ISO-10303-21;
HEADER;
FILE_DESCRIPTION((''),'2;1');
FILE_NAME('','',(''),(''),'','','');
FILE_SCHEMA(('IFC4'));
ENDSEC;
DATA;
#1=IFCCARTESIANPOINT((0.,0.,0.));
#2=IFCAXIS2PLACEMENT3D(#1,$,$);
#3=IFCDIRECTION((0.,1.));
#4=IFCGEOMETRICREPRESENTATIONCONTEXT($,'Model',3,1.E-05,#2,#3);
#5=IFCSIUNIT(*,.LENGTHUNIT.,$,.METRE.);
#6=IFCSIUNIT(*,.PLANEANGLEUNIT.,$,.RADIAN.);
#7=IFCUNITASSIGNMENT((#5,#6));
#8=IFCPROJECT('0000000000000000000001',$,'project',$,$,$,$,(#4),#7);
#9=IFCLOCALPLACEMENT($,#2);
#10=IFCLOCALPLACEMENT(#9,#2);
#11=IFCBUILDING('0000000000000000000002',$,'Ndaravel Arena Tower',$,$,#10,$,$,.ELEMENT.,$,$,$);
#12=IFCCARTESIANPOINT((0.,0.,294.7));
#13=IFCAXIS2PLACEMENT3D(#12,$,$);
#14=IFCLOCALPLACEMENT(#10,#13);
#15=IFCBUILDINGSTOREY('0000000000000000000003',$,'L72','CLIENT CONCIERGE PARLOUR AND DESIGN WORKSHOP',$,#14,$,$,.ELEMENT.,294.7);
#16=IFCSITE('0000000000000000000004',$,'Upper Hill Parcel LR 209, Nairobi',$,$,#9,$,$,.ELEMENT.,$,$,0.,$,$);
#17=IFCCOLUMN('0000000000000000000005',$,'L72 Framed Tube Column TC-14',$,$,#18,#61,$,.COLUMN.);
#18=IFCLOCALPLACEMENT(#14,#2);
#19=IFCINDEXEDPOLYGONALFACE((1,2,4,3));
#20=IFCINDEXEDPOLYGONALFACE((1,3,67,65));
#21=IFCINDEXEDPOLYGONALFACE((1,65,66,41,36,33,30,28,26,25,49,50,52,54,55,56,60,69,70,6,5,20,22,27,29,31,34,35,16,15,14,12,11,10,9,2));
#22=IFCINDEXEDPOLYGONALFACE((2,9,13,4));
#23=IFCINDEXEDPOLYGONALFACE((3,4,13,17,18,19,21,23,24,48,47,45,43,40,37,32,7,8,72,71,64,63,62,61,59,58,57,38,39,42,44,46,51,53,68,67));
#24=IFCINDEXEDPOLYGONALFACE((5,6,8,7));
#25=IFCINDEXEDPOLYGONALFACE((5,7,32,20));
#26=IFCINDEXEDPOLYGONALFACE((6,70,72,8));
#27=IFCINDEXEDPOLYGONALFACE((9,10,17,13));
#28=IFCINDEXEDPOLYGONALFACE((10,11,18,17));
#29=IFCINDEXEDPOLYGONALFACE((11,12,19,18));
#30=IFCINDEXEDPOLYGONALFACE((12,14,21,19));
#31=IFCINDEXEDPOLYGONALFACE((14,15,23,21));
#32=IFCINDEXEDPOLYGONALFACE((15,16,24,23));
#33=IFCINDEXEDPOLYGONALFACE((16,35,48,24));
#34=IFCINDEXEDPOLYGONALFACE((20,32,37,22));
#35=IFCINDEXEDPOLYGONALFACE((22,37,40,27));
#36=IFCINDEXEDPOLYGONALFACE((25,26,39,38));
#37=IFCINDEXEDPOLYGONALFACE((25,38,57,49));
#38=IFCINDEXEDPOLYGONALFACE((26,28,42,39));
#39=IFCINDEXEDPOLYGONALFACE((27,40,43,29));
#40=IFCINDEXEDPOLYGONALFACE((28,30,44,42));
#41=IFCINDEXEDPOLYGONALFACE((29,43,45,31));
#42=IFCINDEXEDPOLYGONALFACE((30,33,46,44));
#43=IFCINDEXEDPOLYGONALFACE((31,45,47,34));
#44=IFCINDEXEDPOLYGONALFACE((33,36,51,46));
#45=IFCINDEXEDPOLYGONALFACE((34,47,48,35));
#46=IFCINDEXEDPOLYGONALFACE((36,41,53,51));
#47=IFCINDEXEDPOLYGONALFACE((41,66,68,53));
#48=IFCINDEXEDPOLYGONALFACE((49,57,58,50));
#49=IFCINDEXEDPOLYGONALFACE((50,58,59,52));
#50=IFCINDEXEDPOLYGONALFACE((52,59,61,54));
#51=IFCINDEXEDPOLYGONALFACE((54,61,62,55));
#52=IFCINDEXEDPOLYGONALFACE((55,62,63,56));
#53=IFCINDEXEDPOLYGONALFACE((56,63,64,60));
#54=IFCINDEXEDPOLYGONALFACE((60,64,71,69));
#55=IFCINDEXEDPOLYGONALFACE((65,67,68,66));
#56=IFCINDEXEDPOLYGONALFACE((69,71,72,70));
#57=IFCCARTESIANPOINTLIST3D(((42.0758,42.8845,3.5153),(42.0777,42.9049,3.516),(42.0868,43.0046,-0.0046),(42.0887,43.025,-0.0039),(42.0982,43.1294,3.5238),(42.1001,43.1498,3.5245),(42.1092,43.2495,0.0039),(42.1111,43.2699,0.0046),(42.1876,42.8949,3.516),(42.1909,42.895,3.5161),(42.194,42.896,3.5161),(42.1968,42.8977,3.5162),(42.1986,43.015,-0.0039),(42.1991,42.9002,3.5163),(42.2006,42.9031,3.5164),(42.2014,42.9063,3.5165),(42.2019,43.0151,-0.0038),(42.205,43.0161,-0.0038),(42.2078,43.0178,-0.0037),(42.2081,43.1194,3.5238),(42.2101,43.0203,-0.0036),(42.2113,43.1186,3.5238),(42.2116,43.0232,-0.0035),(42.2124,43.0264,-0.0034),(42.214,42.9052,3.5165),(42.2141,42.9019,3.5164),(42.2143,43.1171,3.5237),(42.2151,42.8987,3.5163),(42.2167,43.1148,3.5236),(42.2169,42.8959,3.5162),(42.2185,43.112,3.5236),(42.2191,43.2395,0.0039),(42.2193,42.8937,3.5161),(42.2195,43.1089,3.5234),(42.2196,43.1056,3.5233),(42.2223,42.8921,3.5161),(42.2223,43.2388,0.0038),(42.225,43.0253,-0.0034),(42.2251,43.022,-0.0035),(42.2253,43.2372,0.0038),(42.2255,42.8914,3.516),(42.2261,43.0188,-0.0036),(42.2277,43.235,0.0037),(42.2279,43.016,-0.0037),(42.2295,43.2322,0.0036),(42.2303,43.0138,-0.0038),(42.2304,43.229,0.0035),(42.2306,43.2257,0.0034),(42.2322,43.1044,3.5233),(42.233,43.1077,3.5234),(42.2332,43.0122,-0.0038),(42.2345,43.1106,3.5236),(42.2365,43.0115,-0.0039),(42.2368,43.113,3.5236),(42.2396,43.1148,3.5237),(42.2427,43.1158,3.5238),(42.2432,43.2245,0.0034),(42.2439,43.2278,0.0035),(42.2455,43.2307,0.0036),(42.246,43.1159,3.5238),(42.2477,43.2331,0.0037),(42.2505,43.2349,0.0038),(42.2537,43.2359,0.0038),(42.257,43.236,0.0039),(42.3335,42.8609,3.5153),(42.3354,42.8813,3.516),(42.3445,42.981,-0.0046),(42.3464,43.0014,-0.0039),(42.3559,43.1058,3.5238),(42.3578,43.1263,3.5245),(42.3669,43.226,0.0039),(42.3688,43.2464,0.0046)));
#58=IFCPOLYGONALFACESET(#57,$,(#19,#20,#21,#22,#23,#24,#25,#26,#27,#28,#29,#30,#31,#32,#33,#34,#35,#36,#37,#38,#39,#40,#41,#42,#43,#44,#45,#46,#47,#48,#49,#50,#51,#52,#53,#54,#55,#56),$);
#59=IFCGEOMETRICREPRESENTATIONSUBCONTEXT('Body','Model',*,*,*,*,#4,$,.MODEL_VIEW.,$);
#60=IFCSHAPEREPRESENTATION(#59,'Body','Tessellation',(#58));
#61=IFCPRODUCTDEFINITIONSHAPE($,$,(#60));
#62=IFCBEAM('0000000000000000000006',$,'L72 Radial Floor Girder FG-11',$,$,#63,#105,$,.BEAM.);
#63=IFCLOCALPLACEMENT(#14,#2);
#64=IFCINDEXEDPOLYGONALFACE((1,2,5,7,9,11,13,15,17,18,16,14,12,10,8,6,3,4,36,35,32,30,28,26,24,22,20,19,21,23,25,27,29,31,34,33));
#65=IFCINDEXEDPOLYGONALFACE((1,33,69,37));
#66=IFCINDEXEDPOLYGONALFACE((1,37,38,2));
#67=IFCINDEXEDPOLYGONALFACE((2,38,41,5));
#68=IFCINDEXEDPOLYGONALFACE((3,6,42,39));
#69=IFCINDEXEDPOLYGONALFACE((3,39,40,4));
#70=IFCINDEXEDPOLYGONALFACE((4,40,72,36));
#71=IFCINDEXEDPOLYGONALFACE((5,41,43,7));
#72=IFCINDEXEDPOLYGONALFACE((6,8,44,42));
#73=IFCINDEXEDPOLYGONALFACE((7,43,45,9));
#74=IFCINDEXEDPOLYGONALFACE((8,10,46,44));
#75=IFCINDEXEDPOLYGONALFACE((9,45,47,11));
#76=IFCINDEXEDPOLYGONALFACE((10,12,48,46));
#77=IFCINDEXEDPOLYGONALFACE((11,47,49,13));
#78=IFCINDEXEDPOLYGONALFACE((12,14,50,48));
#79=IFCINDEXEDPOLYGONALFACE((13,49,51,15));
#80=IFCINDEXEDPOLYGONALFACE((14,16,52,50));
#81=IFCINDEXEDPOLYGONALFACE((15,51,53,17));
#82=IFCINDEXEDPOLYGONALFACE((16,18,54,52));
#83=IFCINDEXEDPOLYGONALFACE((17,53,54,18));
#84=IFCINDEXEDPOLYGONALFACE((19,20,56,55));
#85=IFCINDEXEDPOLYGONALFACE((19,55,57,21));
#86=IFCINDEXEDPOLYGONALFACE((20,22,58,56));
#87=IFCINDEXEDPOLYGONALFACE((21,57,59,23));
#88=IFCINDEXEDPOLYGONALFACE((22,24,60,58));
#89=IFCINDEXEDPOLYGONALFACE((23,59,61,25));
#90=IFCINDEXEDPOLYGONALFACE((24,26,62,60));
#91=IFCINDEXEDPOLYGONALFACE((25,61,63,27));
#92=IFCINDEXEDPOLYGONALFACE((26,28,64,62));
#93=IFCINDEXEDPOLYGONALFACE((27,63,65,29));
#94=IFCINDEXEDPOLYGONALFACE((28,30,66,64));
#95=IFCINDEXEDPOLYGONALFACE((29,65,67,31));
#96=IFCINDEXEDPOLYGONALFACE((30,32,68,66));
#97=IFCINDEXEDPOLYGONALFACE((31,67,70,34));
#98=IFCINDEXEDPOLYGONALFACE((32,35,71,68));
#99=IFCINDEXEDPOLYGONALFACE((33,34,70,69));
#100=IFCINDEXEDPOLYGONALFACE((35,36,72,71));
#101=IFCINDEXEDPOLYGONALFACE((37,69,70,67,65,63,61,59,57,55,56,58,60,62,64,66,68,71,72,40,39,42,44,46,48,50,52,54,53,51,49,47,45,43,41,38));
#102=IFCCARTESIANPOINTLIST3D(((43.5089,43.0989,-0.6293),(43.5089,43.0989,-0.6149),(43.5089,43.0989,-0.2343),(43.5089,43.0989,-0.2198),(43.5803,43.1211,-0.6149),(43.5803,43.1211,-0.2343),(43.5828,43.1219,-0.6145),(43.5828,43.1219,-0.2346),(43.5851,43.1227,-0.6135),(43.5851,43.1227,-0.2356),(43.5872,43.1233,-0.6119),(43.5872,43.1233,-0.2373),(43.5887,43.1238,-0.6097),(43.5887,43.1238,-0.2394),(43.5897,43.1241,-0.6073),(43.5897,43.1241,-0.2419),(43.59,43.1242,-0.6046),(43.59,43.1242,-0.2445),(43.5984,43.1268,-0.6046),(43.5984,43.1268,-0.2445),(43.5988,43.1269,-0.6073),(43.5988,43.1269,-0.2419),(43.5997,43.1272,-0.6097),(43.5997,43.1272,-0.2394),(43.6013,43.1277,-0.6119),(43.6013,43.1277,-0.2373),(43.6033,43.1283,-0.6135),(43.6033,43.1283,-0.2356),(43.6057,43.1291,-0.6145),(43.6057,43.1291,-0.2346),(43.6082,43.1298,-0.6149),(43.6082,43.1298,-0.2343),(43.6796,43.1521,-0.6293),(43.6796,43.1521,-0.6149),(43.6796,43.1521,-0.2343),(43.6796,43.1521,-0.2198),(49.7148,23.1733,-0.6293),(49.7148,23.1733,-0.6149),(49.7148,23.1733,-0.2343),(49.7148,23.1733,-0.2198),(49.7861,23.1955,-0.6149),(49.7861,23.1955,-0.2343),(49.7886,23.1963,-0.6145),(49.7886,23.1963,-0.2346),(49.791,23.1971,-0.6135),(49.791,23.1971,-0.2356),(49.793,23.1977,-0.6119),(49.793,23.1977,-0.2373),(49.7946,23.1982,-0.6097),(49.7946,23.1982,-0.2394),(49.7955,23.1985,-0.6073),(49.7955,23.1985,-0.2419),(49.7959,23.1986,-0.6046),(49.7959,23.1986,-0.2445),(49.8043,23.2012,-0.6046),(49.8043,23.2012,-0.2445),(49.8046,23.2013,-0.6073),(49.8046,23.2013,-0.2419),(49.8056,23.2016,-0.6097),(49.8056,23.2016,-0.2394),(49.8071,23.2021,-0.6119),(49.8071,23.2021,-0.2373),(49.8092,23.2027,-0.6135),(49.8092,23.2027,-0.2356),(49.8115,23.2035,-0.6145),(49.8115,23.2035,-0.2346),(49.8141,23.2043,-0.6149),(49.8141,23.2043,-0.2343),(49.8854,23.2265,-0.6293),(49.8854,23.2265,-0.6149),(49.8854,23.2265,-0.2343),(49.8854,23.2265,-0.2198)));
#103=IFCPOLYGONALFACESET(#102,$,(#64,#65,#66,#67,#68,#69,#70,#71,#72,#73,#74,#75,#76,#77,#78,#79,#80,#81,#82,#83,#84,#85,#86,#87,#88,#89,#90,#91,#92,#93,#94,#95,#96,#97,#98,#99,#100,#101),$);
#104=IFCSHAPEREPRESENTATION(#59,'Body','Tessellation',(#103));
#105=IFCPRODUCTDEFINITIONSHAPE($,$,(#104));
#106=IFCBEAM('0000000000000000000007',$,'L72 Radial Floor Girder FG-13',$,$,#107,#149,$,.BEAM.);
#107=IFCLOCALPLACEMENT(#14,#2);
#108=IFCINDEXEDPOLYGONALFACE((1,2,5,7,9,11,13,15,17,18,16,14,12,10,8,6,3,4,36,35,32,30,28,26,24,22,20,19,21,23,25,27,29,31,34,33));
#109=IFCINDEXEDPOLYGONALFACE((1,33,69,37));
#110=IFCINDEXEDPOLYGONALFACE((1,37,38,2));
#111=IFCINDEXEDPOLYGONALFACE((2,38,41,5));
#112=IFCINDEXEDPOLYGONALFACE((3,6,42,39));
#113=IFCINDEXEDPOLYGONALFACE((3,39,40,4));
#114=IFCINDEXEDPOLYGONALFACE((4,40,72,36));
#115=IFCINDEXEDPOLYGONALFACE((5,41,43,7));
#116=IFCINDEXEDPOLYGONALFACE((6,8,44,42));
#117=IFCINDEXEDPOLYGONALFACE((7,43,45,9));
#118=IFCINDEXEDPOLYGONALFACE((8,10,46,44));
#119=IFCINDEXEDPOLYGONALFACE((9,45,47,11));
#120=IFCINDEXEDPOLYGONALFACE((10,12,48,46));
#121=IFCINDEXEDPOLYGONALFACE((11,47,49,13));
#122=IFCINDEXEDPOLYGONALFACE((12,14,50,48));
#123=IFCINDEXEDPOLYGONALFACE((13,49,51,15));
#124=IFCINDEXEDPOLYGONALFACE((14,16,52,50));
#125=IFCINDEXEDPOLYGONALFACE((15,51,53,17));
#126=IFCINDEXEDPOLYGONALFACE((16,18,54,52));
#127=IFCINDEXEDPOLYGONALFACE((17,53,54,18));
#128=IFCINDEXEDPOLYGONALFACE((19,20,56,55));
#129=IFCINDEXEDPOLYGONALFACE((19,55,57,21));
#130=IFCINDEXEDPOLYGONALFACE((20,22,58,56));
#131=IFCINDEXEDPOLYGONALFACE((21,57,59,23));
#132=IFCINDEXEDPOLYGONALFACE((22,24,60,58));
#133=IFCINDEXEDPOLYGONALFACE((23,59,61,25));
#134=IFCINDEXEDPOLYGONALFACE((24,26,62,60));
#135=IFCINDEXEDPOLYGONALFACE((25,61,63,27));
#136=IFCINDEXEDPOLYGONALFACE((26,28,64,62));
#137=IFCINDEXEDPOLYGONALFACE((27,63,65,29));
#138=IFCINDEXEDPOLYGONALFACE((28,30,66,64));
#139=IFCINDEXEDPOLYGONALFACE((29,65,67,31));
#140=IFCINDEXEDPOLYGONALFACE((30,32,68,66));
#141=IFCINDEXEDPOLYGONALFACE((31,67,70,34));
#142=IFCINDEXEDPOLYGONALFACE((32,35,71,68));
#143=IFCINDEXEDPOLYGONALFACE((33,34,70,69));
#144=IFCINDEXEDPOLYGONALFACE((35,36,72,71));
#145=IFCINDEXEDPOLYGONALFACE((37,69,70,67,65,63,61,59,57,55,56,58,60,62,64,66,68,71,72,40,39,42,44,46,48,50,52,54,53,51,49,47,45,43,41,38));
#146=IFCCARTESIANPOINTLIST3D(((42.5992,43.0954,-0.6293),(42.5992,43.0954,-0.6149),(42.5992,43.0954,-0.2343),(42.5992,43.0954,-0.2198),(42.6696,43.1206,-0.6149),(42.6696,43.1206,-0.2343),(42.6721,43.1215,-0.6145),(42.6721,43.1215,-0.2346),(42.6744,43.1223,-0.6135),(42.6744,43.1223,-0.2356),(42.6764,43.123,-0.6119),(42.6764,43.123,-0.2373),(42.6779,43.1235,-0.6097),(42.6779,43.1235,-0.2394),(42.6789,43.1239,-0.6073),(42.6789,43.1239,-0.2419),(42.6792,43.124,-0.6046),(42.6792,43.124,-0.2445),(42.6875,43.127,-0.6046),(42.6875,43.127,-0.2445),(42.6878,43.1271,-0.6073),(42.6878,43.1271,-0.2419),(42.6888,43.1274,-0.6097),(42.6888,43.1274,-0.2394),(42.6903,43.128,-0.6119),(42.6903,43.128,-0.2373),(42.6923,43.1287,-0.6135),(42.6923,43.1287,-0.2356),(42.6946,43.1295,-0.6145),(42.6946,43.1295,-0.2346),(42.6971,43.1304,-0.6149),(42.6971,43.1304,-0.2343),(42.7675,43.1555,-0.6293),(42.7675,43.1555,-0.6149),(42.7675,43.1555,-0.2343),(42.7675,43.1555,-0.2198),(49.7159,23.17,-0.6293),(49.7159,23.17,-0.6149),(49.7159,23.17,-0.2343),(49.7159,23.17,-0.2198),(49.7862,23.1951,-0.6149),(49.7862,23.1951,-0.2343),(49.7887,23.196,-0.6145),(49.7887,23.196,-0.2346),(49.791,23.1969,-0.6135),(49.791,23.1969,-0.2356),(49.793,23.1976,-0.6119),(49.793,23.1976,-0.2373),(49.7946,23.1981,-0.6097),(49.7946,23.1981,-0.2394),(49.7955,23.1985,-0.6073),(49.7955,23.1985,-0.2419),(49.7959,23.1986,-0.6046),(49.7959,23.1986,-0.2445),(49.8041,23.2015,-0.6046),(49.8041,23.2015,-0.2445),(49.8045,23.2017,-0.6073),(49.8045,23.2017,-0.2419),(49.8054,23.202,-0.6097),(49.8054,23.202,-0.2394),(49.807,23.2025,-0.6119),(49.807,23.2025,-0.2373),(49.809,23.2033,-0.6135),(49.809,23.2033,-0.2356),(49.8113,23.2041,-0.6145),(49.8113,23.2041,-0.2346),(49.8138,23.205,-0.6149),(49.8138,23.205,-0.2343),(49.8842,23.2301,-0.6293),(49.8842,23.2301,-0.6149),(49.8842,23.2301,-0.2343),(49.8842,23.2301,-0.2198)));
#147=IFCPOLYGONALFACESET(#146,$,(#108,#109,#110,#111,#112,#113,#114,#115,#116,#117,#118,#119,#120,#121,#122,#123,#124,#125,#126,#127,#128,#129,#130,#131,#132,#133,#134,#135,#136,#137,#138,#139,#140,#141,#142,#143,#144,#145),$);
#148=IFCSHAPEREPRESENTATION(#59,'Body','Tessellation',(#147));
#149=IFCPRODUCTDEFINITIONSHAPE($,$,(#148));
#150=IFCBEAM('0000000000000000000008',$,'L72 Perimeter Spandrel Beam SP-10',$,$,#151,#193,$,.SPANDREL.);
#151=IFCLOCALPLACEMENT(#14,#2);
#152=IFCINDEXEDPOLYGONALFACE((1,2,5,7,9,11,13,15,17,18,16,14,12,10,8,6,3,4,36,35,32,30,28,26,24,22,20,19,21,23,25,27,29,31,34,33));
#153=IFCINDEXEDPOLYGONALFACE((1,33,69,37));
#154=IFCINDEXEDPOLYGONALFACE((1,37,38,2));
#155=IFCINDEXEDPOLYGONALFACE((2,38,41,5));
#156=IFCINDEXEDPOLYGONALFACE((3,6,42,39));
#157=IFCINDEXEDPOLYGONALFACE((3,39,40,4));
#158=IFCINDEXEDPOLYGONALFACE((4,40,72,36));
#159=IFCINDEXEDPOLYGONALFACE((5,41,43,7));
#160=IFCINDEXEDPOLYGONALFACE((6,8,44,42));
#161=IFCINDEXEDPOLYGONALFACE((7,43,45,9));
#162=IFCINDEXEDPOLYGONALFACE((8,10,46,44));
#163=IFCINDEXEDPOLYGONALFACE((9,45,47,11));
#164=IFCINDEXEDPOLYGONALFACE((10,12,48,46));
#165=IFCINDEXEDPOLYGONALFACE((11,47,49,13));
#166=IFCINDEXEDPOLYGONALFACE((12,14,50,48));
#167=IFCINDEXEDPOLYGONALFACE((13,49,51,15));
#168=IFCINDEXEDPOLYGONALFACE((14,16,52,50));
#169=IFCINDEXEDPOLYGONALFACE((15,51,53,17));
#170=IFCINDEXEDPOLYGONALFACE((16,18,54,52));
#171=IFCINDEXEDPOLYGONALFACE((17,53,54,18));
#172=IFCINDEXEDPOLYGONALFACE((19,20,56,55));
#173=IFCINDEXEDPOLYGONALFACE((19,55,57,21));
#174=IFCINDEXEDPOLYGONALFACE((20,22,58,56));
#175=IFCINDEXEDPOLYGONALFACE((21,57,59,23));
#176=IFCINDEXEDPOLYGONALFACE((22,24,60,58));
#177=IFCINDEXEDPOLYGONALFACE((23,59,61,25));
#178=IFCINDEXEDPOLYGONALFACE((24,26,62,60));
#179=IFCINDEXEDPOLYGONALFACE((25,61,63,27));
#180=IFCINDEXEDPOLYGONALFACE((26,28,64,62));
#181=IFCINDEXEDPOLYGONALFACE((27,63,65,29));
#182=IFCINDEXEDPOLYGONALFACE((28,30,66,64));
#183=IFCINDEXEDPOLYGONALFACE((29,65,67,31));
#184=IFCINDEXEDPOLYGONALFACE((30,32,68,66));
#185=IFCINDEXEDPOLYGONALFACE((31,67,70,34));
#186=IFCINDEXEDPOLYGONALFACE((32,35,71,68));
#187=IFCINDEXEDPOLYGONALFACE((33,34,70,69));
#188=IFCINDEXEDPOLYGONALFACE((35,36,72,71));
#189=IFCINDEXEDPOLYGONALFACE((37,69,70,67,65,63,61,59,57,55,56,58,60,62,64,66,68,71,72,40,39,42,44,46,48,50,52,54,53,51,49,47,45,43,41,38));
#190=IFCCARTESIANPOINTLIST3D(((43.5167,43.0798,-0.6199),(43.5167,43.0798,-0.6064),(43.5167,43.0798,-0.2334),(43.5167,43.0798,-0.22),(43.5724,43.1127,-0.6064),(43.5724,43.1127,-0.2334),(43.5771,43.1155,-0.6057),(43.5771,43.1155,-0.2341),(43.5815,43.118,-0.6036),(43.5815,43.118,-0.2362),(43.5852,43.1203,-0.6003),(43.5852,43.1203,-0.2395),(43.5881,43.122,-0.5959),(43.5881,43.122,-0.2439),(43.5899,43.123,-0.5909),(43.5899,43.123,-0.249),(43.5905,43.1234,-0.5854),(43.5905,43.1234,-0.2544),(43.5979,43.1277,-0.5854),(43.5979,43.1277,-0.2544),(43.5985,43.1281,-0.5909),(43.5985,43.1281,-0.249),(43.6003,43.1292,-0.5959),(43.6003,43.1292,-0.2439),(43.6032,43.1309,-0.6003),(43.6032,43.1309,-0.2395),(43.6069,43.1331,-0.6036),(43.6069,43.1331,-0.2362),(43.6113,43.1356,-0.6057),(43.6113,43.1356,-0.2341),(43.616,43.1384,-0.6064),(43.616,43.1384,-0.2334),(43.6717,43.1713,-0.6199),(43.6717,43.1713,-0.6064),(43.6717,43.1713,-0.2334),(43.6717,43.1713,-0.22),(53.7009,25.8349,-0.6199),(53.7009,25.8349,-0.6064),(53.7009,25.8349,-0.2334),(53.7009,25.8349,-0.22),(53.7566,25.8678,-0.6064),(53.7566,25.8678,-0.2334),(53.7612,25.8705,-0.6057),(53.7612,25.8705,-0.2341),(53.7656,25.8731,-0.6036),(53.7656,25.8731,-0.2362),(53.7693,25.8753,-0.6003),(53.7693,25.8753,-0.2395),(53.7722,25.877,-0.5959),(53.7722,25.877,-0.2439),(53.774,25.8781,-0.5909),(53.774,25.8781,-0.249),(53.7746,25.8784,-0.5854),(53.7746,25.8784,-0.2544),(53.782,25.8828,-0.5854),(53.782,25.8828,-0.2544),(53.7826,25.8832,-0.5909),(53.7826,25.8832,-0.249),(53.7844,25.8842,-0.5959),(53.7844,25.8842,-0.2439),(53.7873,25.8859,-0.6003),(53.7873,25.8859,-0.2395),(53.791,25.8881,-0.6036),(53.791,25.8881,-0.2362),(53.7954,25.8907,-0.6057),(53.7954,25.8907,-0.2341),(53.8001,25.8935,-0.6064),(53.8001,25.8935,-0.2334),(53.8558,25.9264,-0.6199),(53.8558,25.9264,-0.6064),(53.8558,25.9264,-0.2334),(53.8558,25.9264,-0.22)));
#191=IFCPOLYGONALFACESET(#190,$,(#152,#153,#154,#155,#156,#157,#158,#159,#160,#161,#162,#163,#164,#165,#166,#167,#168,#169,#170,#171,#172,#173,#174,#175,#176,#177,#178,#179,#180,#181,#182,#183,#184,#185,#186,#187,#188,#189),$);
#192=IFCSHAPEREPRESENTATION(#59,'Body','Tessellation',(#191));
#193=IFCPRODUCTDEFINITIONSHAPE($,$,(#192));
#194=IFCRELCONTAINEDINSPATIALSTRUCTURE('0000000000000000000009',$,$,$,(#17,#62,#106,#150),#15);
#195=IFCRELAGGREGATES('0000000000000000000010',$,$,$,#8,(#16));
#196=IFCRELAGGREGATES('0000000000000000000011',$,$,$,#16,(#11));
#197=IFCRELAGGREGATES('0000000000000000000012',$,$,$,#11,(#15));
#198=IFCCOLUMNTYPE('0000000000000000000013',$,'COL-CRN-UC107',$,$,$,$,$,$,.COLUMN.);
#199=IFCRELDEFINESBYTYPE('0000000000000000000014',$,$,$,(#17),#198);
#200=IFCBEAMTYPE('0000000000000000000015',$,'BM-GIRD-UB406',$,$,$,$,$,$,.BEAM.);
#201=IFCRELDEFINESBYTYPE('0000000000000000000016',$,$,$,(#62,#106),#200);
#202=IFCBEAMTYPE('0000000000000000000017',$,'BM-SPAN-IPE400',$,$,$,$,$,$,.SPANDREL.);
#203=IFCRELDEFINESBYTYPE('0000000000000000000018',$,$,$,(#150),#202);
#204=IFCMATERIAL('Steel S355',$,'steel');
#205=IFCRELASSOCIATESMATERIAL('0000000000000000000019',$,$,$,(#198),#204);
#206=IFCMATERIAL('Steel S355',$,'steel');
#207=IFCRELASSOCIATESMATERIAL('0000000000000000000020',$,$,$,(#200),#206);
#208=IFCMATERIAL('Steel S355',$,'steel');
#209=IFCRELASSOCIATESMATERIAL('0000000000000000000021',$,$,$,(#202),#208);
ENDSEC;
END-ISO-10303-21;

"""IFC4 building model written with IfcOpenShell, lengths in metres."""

from ifc_helpers import new_model, si_unit, direction, frame, origin, origin_2d, place, context, subcontext, project, spatial, i_section, extrude, material, material_profile, profile_set, type_object, element, save


model = new_model("IFC4")

# Units and contexts
model_context = context("Model", 3, precision=1e-05, world=origin(), true_north=direction((0.0, 1.0)))
body_context = subcontext(model_context, "Body", "Model", "MODEL_VIEW")
ifc_project = project(units=[si_unit("LENGTHUNIT", "METRE"), si_unit("PLANEANGLEUNIT", "RADIAN")], contexts=[model_context])

# Site, building, storey
site_placement = place(None, origin())
site = spatial("IfcSite", under=ifc_project, at=site_placement, Name="Upper Hill Parcel LR 209, Nairobi", CompositionType="ELEMENT", RefElevation=0.0)
building_placement = place(site_placement, origin())
building = spatial("IfcBuilding", under=site, at=building_placement, Name="Ndaravel Arena Tower", CompositionType="ELEMENT")
storey_placement = place(building_placement, frame((0.0, 0.0, 294.7)))
storey = spatial("IfcBuildingStorey", under=building, at=storey_placement, Name="L72", Description="CLIENT CONCIERGE PARLOUR AND DESIGN WORKSHOP", CompositionType="ELEMENT", Elevation=294.7)

# Column
ifc_material_1 = material(Name="Steel S355", Category="steel")
ifc_material_profile_1 = material_profile(ifc_material_1, i_section(OverallWidth=0.2588, OverallDepth=0.2666, WebThickness=0.0127, FlangeThickness=0.0205, FilletRadius=0.0127, at=origin_2d()), Name="UC 254x254x107")
ifc_profile_set_1 = profile_set([ifc_material_profile_1], Name="Steel S355")
column_type = type_object("IfcColumnType", Name="COL-CRN-UC107", PredefinedType="COLUMN", material=ifc_profile_set_1)
column_1_placement = place(storey_placement, frame((42.2278, 43.1255, 0.0), z_axis=(-0.003119, -0.034104, 0.999413), x_axis=(0.995843, -0.091083, 0.0)))
element("IfcColumn", 1, at=column_1_placement, inside=storey, type_object=column_type, Name="L72 Framed Tube Column TC-14", PredefinedType="COLUMN", context=body_context, shape_type="SweptSolid", body=[
    extrude(i_section(OverallWidth=0.2588, OverallDepth=0.2666, WebThickness=0.0127, FlangeThickness=0.0205, FilletRadius=0.0127, at=origin_2d()), origin(), (0.0, 0.0, 1.0), 3.522),
])

# Beams
ifc_material_2 = material(Name="Steel S355", Category="steel")
ifc_material_profile_2 = material_profile(ifc_material_2, i_section(OverallWidth=0.1787, OverallDepth=0.4094, WebThickness=0.0088, FlangeThickness=0.0144, FilletRadius=0.0103, at=origin_2d()), Name="UB 406x178x67")
ifc_profile_set_2 = profile_set([ifc_material_profile_2], Name="Steel S355")
beam_type_1 = type_object("IfcBeamType", Name="BM-GIRD-UB406", PredefinedType="BEAM", material=ifc_profile_set_2)
beam_1_placement = place(storey_placement, frame((43.5942, 43.1255, -0.4246), z_axis=(0.297362, -0.954765, 0.0), x_axis=(0.954765, 0.297362, 0.0)))
element("IfcBeam", 2, at=beam_1_placement, inside=storey, type_object=beam_type_1, Name="L72 Radial Floor Girder FG-11", PredefinedType="BEAM", context=body_context, shape_type="SweptSolid", body=[
    extrude(i_section(OverallWidth=0.1787, OverallDepth=0.4094, WebThickness=0.0088, FlangeThickness=0.0144, FilletRadius=0.0103, at=origin_2d()), origin(), (0.0, 0.0, 1.0), 20.8696),
])
beam_2_placement = place(storey_placement, frame((42.6833, 43.1255, -0.4246), z_axis=(0.336355, -0.941735, 0.0), x_axis=(0.941735, 0.336355, 0.0)))
element("IfcBeam", 3, at=beam_2_placement, inside=storey, type_object=beam_type_1, Name="L72 Radial Floor Girder FG-13", PredefinedType="BEAM", context=body_context, shape_type="SweptSolid", body=[
    extrude(i_section(OverallWidth=0.1787, OverallDepth=0.4094, WebThickness=0.0088, FlangeThickness=0.0144, FilletRadius=0.0103, at=origin_2d()), origin(), (0.0, 0.0, 1.0), 21.1582),
])
ifc_material_3 = material(Name="Steel S355", Category="steel")
ifc_material_profile_3 = material_profile(ifc_material_3, i_section(OverallWidth=0.1799, OverallDepth=0.3999, WebThickness=0.0085, FlangeThickness=0.0134, FilletRadius=0.021, at=origin_2d()), Name="IPE 400")
ifc_profile_set_3 = profile_set([ifc_material_profile_3], Name="Steel S355")
beam_type_2 = type_object("IfcBeamType", Name="BM-SPAN-IPE400", PredefinedType="SPANDREL", material=ifc_profile_set_3)
beam_3_placement = place(storey_placement, frame((53.7783, 25.8806, -0.4199), z_axis=(-0.508505, 0.861059, 0.0), x_axis=(-0.861059, -0.508505, 0.0)))
element("IfcBeam", 4, at=beam_3_placement, inside=storey, type_object=beam_type_2, Name="L72 Perimeter Spandrel Beam SP-10", PredefinedType="SPANDREL", context=body_context, shape_type="SweptSolid", body=[
    extrude(i_section(OverallWidth=0.1799, OverallDepth=0.3999, WebThickness=0.0085, FlangeThickness=0.0134, FilletRadius=0.021, at=origin_2d()), origin(), (0.0, 0.0, 1.0), 20.0276),
])

save(model, "model.ifc")
